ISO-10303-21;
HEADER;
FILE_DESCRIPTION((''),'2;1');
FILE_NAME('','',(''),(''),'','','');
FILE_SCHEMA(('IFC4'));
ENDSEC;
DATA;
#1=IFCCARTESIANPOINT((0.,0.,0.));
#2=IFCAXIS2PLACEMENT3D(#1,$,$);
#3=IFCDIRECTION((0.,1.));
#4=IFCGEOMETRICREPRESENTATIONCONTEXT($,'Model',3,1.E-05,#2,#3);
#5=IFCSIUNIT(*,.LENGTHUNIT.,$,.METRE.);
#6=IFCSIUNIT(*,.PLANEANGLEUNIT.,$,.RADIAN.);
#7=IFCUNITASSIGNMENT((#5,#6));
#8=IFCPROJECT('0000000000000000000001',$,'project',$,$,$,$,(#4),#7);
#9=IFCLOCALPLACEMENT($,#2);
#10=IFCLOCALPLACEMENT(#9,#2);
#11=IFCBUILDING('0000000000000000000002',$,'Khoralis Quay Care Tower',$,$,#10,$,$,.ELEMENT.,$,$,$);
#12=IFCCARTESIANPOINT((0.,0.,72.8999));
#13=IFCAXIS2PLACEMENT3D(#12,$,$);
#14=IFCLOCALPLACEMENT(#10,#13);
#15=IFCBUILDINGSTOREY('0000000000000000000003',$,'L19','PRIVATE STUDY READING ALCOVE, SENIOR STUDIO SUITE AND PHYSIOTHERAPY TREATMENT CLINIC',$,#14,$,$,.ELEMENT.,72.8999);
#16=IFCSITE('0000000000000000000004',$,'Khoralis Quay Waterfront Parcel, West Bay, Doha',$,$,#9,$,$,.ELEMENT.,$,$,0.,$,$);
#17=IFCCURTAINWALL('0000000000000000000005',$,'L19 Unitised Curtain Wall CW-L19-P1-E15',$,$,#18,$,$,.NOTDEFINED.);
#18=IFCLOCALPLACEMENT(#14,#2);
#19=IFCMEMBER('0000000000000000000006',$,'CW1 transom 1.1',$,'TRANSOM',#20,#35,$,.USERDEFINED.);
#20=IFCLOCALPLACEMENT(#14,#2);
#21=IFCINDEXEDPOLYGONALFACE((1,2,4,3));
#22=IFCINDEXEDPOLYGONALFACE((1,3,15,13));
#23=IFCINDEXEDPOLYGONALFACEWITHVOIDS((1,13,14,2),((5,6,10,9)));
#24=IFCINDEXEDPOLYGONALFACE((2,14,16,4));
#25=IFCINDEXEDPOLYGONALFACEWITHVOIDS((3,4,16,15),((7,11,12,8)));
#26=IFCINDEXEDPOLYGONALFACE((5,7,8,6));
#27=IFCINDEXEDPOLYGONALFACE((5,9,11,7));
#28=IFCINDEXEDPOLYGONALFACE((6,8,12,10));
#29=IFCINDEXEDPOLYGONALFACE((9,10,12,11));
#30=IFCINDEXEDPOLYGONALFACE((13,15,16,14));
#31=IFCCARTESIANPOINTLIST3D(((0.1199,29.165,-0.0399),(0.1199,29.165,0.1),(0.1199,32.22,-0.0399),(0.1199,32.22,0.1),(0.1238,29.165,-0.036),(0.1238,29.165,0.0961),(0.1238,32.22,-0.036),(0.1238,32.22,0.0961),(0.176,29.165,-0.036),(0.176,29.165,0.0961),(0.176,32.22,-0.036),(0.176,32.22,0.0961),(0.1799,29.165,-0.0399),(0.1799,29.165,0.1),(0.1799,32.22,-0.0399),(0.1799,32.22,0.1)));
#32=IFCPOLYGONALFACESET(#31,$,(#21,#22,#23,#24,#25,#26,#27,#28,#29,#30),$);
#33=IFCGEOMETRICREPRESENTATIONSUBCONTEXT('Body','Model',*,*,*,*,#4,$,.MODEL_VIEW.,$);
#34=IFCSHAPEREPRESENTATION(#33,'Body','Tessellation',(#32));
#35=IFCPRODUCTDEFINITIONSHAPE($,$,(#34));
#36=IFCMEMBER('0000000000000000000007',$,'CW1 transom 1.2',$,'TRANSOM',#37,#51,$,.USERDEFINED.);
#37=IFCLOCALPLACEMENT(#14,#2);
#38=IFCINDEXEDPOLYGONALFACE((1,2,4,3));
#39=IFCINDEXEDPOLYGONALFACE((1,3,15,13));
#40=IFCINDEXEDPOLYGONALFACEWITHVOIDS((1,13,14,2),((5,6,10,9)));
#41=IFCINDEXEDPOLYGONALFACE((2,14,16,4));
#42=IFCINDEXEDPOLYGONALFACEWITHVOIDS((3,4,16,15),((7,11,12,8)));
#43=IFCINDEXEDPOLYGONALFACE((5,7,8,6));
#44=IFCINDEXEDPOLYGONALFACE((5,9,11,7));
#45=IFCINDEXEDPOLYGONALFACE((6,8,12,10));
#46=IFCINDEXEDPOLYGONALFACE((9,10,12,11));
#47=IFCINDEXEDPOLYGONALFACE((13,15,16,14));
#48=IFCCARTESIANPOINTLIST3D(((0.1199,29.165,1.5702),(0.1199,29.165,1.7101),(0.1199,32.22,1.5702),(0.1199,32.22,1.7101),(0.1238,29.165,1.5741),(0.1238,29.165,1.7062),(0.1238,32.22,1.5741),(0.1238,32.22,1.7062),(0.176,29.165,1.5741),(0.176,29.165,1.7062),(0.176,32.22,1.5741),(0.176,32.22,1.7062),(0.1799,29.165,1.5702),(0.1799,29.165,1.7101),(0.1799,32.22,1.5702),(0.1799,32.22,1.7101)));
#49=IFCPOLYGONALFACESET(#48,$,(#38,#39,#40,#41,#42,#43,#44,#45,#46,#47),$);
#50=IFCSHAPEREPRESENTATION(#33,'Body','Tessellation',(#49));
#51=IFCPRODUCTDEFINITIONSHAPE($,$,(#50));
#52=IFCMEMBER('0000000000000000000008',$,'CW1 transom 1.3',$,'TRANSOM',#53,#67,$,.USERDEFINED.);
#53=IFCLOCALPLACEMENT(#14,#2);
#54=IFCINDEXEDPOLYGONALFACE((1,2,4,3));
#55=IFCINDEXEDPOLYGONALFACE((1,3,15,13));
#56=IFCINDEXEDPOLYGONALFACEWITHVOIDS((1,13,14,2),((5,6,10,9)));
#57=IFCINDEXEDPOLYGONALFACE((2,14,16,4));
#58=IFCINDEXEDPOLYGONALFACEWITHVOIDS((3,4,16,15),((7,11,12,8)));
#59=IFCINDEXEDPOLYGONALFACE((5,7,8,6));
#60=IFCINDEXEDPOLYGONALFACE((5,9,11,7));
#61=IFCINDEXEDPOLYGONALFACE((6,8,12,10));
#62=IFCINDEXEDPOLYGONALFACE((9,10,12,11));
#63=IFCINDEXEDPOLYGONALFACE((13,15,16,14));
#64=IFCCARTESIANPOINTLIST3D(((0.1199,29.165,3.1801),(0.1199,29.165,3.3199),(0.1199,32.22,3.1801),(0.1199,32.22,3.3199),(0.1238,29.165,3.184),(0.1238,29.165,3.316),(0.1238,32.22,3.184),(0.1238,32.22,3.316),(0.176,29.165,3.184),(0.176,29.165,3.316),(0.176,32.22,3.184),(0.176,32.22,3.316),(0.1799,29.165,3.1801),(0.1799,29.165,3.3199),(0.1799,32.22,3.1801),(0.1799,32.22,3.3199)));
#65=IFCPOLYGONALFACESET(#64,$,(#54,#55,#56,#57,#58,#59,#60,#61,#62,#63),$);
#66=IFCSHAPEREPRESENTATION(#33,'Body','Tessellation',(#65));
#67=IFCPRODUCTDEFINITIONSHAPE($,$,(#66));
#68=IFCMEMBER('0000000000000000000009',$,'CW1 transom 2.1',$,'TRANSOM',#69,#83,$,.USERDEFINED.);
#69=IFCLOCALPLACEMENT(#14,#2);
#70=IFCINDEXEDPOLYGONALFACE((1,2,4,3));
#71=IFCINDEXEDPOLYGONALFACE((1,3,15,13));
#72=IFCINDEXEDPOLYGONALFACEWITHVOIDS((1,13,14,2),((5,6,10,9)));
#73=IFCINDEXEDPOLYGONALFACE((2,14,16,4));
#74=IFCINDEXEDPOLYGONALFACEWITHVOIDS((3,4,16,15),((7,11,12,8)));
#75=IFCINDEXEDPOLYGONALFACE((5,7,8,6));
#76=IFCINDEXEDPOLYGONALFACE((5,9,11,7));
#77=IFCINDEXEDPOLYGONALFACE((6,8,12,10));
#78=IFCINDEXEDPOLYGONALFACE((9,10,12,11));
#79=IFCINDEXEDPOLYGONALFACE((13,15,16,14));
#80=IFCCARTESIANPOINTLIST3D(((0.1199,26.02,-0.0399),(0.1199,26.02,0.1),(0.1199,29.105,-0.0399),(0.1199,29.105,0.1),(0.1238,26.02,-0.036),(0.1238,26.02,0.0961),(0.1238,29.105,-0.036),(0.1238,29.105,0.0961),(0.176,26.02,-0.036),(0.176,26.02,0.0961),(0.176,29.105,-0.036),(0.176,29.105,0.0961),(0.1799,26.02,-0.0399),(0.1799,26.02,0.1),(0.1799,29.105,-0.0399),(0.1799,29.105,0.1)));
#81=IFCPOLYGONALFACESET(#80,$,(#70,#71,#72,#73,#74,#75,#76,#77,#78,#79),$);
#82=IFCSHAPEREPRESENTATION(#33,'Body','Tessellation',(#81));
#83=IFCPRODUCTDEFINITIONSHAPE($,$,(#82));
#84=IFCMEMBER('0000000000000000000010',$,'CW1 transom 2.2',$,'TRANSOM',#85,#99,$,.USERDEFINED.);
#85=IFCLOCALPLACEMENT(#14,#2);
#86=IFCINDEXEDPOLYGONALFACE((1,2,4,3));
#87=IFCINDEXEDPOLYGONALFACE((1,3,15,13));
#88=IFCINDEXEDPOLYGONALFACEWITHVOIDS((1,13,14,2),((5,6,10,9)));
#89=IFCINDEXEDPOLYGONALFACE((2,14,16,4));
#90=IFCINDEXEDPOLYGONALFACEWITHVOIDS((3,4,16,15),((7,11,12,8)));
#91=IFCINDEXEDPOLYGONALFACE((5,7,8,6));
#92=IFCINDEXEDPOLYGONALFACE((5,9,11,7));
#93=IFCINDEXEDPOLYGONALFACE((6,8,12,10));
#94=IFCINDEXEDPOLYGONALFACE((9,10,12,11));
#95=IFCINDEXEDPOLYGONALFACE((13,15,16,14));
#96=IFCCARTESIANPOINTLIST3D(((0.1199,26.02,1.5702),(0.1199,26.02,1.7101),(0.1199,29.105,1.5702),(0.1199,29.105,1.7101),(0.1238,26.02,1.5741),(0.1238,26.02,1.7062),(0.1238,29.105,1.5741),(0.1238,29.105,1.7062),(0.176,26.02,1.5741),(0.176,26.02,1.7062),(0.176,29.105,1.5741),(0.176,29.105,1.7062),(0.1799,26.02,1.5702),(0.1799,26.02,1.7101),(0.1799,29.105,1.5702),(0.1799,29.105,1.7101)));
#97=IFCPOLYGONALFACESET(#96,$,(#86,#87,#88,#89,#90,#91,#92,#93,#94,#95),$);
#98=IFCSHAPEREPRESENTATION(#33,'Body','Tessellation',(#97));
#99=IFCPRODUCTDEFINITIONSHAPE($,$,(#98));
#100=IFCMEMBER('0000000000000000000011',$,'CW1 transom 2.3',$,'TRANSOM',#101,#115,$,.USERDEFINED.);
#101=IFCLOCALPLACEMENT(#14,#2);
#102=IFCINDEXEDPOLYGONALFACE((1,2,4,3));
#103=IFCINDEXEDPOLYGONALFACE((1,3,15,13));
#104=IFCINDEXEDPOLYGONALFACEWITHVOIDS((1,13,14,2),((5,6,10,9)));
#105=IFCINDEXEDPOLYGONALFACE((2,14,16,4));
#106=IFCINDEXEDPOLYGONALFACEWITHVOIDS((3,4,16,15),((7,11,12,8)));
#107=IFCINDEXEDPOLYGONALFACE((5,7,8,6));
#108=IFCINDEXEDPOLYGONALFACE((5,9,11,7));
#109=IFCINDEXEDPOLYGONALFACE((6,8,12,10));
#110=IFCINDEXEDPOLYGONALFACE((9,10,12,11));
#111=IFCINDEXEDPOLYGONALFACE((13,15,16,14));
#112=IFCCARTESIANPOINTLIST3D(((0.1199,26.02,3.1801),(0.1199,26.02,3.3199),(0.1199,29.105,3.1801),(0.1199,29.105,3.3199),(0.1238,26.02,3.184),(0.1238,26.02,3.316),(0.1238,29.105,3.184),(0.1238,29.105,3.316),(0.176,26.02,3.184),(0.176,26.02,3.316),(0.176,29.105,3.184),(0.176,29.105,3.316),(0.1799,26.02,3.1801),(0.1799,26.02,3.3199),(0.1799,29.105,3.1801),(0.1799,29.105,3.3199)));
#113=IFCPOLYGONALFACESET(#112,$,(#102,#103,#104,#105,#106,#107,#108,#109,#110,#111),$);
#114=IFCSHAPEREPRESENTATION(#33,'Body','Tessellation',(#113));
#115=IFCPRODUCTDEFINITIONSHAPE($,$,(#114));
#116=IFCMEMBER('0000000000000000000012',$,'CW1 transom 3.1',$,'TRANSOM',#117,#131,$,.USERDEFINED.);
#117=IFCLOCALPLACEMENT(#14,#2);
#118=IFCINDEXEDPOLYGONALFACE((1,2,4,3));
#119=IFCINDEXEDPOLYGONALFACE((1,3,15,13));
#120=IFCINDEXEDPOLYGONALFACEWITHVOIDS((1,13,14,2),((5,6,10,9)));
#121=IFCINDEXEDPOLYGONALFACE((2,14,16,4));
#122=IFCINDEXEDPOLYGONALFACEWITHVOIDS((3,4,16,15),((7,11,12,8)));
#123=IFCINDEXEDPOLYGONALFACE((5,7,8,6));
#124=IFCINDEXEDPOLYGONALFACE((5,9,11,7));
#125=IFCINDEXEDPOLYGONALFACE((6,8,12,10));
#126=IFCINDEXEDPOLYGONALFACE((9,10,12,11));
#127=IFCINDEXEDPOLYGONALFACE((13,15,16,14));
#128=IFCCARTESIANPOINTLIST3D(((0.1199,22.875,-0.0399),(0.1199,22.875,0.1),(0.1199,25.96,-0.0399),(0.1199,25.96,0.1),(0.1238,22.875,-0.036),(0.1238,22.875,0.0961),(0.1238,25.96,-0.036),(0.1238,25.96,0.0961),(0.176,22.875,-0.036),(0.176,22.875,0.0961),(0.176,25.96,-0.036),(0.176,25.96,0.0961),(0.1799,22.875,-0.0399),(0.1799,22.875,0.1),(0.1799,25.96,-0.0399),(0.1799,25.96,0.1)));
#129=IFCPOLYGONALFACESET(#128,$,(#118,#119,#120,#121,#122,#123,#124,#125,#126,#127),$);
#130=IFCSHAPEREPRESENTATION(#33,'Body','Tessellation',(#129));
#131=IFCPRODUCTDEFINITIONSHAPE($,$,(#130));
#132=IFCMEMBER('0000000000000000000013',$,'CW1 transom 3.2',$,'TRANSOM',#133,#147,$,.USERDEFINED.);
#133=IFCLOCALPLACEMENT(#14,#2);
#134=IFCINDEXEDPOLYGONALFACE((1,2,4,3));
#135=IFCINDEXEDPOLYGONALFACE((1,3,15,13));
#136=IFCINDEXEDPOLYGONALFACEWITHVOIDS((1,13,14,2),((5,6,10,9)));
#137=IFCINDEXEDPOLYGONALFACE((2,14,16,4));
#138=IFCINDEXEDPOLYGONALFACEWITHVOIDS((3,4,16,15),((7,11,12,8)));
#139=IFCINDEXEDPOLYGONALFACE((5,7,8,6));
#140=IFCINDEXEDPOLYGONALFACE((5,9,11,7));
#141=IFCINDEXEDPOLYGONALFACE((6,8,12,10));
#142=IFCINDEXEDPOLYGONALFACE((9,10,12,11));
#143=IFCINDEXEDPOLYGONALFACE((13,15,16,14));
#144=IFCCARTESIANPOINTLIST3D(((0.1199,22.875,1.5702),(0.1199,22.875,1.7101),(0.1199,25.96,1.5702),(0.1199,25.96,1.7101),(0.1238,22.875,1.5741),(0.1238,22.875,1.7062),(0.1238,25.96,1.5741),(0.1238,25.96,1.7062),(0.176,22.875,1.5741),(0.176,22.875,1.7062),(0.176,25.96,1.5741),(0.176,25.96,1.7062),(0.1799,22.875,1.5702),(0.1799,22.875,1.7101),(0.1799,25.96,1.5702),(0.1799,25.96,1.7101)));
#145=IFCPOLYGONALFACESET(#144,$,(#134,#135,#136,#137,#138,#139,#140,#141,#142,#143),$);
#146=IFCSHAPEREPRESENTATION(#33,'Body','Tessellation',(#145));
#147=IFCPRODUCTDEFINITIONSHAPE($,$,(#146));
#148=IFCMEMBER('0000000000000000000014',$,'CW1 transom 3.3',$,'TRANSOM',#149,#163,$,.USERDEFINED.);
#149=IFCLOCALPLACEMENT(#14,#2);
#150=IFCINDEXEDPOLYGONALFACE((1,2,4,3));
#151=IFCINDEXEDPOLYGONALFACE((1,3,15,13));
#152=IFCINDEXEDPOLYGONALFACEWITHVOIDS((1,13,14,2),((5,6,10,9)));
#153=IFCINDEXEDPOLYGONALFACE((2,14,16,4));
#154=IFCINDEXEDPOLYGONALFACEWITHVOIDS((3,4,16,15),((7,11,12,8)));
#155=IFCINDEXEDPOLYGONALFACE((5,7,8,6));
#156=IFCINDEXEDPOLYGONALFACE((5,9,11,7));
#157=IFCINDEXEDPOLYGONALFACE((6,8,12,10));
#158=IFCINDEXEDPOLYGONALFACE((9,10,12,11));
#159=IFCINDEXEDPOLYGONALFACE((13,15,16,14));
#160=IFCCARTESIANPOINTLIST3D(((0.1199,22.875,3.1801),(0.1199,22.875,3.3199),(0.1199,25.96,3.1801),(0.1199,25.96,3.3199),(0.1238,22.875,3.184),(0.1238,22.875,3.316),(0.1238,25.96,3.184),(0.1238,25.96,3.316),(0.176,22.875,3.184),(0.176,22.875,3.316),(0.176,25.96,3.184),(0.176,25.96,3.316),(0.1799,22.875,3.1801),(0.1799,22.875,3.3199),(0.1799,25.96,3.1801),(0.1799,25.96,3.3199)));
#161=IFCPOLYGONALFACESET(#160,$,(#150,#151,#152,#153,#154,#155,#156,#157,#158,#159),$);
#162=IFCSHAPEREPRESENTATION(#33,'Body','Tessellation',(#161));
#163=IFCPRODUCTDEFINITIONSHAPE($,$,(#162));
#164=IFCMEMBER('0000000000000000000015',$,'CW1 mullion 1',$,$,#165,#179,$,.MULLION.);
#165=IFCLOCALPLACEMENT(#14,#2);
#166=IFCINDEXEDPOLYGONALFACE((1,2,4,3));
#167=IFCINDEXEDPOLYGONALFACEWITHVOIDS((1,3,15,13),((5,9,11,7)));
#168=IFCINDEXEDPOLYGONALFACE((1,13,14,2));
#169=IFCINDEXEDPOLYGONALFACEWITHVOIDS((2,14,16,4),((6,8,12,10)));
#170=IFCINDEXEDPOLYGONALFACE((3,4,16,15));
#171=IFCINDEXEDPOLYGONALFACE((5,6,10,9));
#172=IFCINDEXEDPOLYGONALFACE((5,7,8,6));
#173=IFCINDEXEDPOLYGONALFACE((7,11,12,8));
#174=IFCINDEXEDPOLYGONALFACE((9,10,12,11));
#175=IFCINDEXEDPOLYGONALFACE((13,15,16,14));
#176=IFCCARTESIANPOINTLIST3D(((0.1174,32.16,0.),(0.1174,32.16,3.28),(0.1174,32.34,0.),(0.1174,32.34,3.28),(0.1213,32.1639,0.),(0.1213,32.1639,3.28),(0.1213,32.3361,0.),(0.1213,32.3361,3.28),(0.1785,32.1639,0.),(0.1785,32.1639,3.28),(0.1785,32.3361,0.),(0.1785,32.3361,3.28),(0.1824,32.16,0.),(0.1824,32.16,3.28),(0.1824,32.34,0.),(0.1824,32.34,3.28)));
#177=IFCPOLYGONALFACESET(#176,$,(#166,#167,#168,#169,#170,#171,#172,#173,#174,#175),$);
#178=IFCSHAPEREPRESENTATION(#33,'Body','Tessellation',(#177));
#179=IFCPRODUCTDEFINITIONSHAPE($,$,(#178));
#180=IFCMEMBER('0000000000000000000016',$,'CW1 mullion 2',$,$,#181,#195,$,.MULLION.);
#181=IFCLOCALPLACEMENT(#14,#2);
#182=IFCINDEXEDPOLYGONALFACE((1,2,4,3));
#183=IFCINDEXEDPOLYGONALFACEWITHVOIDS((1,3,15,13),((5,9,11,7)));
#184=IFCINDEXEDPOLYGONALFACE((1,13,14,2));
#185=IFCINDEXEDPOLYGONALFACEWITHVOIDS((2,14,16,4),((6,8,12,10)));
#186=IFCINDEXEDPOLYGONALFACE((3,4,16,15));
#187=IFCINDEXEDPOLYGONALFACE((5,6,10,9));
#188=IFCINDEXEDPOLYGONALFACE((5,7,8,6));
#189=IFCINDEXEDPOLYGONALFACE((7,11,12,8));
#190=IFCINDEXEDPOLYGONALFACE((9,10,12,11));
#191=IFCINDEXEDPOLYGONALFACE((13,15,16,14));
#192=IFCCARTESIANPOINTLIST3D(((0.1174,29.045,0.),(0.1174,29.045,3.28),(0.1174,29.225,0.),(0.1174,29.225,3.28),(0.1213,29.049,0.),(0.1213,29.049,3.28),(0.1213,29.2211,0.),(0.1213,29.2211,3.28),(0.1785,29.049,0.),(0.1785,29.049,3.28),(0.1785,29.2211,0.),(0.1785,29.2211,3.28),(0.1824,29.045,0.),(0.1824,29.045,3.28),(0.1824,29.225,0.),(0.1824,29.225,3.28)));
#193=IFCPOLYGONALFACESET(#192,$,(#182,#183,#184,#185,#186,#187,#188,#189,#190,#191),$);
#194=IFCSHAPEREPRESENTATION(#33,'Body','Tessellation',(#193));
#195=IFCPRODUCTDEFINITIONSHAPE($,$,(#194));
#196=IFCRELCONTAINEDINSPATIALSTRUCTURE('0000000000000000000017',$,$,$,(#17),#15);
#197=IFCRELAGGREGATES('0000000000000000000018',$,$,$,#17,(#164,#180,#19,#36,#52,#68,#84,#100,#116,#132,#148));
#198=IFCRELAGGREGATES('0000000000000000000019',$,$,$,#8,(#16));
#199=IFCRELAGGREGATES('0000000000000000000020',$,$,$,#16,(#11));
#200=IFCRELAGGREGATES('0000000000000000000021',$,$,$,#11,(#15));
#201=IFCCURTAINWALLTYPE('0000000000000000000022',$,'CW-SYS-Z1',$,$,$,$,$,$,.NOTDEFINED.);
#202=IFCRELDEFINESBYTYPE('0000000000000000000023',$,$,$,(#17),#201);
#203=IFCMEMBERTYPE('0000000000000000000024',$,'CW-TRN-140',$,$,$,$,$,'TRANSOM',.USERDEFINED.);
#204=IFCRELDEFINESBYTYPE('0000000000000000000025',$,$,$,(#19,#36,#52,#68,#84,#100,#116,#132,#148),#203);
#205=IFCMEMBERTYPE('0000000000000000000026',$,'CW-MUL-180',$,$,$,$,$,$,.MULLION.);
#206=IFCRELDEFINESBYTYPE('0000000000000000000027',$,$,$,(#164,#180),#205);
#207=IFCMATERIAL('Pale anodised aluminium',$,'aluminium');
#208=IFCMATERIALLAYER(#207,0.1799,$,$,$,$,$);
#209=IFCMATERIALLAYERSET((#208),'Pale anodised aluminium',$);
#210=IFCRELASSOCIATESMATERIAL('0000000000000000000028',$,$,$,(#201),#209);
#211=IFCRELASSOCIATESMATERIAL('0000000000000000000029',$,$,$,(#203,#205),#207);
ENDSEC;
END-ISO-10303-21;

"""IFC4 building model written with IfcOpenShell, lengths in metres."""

from ifc_helpers import new_model, si_unit, direction, frame, origin, origin_2d, place, context, subcontext, project, spatial, hollow_rectangle, extrude, source, transform, mapped, material, layer, layer_set, material_profile, profile_set, type_object, element, aggregate, save


model = new_model("IFC4")

# Units and contexts
model_context = context("Model", 3, precision=1e-05, world=origin(), true_north=direction((0.0, 1.0)))
body_context = subcontext(model_context, "Body", "Model", "MODEL_VIEW")
ifc_project = project(units=[si_unit("LENGTHUNIT", "METRE"), si_unit("PLANEANGLEUNIT", "RADIAN")], contexts=[model_context])

# Site, building, storey
site_placement = place(None, origin())
site = spatial("IfcSite", under=ifc_project, at=site_placement, Name="Khoralis Quay Waterfront Parcel, West Bay, Doha", CompositionType="ELEMENT", RefElevation=0.0)
building_placement = place(site_placement, origin())
building = spatial("IfcBuilding", under=site, at=building_placement, Name="Khoralis Quay Care Tower", CompositionType="ELEMENT")
storey_placement = place(building_placement, frame((0.0, 0.0, 72.8999)))
storey = spatial("IfcBuildingStorey", under=building, at=storey_placement, Name="L19", Description="PRIVATE STUDY READING ALCOVE, SENIOR STUDIO SUITE AND PHYSIOTHERAPY TREATMENT CLINIC", CompositionType="ELEMENT", Elevation=72.8999)

# Curtain wall, members
ifc_material_1 = material(Name="Pale anodised aluminium", Category="aluminium")
ifc_layer_1 = layer(ifc_material_1, 0.1799)
ifc_layer_set_1 = layer_set([ifc_layer_1], Name="Pale anodised aluminium")
curtain_wall_type = type_object("IfcCurtainWallType", Name="CW-SYS-Z1", PredefinedType="NOTDEFINED", material=ifc_layer_set_1)
curtain_wall_placement = place(storey_placement, origin())
curtain_wall = element("IfcCurtainWall", 1, at=curtain_wall_placement, inside=storey, type_object=curtain_wall_type, Name="L19 Unitised Curtain Wall CW-L19-P1-E15", PredefinedType="NOTDEFINED")
ifc_material_profile_1 = material_profile(ifc_material_1, hollow_rectangle(XDim=0.0601, YDim=0.1399, WallThickness=0.0039, at=origin_2d()), Name="Pale anodised aluminium")
ifc_profile_set_1 = profile_set([ifc_material_profile_1], Name="Pale anodised aluminium")
member_type_1 = type_object("IfcMemberType", Name="CW-TRN-140", ElementType="TRANSOM", PredefinedType="USERDEFINED", material=ifc_profile_set_1)
shared_shape_1 = source(origin(), body_context, "Body", "SweptSolid", [
    extrude(hollow_rectangle(XDim=0.0601, YDim=0.1399, WallThickness=0.0039, at=origin_2d()), origin(), (0.0, 0.0, 1.0), 3.0549),
])
member_1_placement = place(storey_placement, frame((0.1499, 32.22, 0.03), z_axis=(0.0, -1.0, 0.0), x_axis=(1.0, 0.0, 0.0)))
member_1 = element("IfcMember", 2, at=member_1_placement, type_object=member_type_1, Name="CW1 transom 1.1", ObjectType="TRANSOM", PredefinedType="USERDEFINED", context=body_context, shape_type="MappedRepresentation", body=[
    mapped(shared_shape_1, transform((0.0, 0.0, 0.0), scale=1.0)),
])
member_2_placement = place(storey_placement, frame((0.1499, 32.22, 1.6401), z_axis=(0.0, -1.0, 0.0), x_axis=(1.0, 0.0, 0.0)))
member_2 = element("IfcMember", 3, at=member_2_placement, type_object=member_type_1, Name="CW1 transom 1.2", ObjectType="TRANSOM", PredefinedType="USERDEFINED", context=body_context, shape_type="MappedRepresentation", body=[
    mapped(shared_shape_1, transform((0.0, 0.0, 0.0), scale=1.0)),
])
member_3_placement = place(storey_placement, frame((0.1499, 32.22, 3.25), z_axis=(0.0, -1.0, 0.0), x_axis=(1.0, 0.0, 0.0)))
member_3 = element("IfcMember", 4, at=member_3_placement, type_object=member_type_1, Name="CW1 transom 1.3", ObjectType="TRANSOM", PredefinedType="USERDEFINED", context=body_context, shape_type="MappedRepresentation", body=[
    mapped(shared_shape_1, transform((0.0, 0.0, 0.0), scale=1.0)),
])
shared_shape_2 = source(origin(), body_context, "Body", "SweptSolid", [
    extrude(hollow_rectangle(XDim=0.0601, YDim=0.1399, WallThickness=0.0039, at=origin_2d()), origin(), (0.0, 0.0, 1.0), 3.085),
])
member_4_placement = place(storey_placement, frame((0.1499, 29.105, 0.03), z_axis=(0.0, -1.0, 0.0), x_axis=(1.0, 0.0, 0.0)))
member_4 = element("IfcMember", 5, at=member_4_placement, type_object=member_type_1, Name="CW1 transom 2.1", ObjectType="TRANSOM", PredefinedType="USERDEFINED", context=body_context, shape_type="MappedRepresentation", body=[
    mapped(shared_shape_2, transform((0.0, 0.0, 0.0), scale=1.0)),
])
member_5_placement = place(storey_placement, frame((0.1499, 29.105, 1.6401), z_axis=(0.0, -1.0, 0.0), x_axis=(1.0, 0.0, 0.0)))
member_5 = element("IfcMember", 6, at=member_5_placement, type_object=member_type_1, Name="CW1 transom 2.2", ObjectType="TRANSOM", PredefinedType="USERDEFINED", context=body_context, shape_type="MappedRepresentation", body=[
    mapped(shared_shape_2, transform((0.0, 0.0, 0.0), scale=1.0)),
])
member_6_placement = place(storey_placement, frame((0.1499, 29.105, 3.25), z_axis=(0.0, -1.0, 0.0), x_axis=(1.0, 0.0, 0.0)))
member_6 = element("IfcMember", 7, at=member_6_placement, type_object=member_type_1, Name="CW1 transom 2.3", ObjectType="TRANSOM", PredefinedType="USERDEFINED", context=body_context, shape_type="MappedRepresentation", body=[
    mapped(shared_shape_2, transform((0.0, 0.0, 0.0), scale=1.0)),
])
member_7_placement = place(storey_placement, frame((0.1499, 25.96, 0.03), z_axis=(0.0, -1.0, 0.0), x_axis=(1.0, 0.0, 0.0)))
member_7 = element("IfcMember", 8, at=member_7_placement, type_object=member_type_1, Name="CW1 transom 3.1", ObjectType="TRANSOM", PredefinedType="USERDEFINED", context=body_context, shape_type="MappedRepresentation", body=[
    mapped(shared_shape_2, transform((0.0, 0.0, 0.0), scale=1.0)),
])
member_8_placement = place(storey_placement, frame((0.1499, 25.96, 1.6401), z_axis=(0.0, -1.0, 0.0), x_axis=(1.0, 0.0, 0.0)))
member_8 = element("IfcMember", 9, at=member_8_placement, type_object=member_type_1, Name="CW1 transom 3.2", ObjectType="TRANSOM", PredefinedType="USERDEFINED", context=body_context, shape_type="MappedRepresentation", body=[
    mapped(shared_shape_2, transform((0.0, 0.0, 0.0), scale=1.0)),
])
member_9_placement = place(storey_placement, frame((0.1499, 25.96, 3.25), z_axis=(0.0, -1.0, 0.0), x_axis=(1.0, 0.0, 0.0)))
member_9 = element("IfcMember", 10, at=member_9_placement, type_object=member_type_1, Name="CW1 transom 3.3", ObjectType="TRANSOM", PredefinedType="USERDEFINED", context=body_context, shape_type="MappedRepresentation", body=[
    mapped(shared_shape_2, transform((0.0, 0.0, 0.0), scale=1.0)),
])
ifc_material_profile_2 = material_profile(ifc_material_1, hollow_rectangle(XDim=0.0649, YDim=0.1799, WallThickness=0.0039, at=origin_2d()), Name="Pale anodised aluminium")
ifc_profile_set_2 = profile_set([ifc_material_profile_2], Name="Pale anodised aluminium")
member_type_2 = type_object("IfcMemberType", Name="CW-MUL-180", PredefinedType="MULLION", material=ifc_profile_set_2)
shared_shape_3 = source(origin(), body_context, "Body", "SweptSolid", [
    extrude(hollow_rectangle(XDim=0.0649, YDim=0.1799, WallThickness=0.0039, at=origin_2d()), origin(), (0.0, 0.0, 1.0), 3.28),
])
member_10_placement = place(storey_placement, frame((0.1499, 32.25, 0.0), z_axis=(0.0, 0.0, 1.0), x_axis=(1.0, 0.0, 0.0)))
member_10 = element("IfcMember", 11, at=member_10_placement, type_object=member_type_2, Name="CW1 mullion 1", PredefinedType="MULLION", context=body_context, shape_type="MappedRepresentation", body=[
    mapped(shared_shape_3, transform((0.0, 0.0, 0.0), scale=1.0)),
])
member_11_placement = place(storey_placement, frame((0.1499, 29.135, 0.0), z_axis=(0.0, 0.0, 1.0), x_axis=(1.0, 0.0, 0.0)))
member_11 = element("IfcMember", 12, at=member_11_placement, type_object=member_type_2, Name="CW1 mullion 2", PredefinedType="MULLION", context=body_context, shape_type="MappedRepresentation", body=[
    mapped(shared_shape_3, transform((0.0, 0.0, 0.0), scale=1.0)),
])
aggregate(curtain_wall, [member_10, member_11, member_1, member_2, member_3, member_4, member_5, member_6, member_7, member_8, member_9])

save(model, "model.ifc")
